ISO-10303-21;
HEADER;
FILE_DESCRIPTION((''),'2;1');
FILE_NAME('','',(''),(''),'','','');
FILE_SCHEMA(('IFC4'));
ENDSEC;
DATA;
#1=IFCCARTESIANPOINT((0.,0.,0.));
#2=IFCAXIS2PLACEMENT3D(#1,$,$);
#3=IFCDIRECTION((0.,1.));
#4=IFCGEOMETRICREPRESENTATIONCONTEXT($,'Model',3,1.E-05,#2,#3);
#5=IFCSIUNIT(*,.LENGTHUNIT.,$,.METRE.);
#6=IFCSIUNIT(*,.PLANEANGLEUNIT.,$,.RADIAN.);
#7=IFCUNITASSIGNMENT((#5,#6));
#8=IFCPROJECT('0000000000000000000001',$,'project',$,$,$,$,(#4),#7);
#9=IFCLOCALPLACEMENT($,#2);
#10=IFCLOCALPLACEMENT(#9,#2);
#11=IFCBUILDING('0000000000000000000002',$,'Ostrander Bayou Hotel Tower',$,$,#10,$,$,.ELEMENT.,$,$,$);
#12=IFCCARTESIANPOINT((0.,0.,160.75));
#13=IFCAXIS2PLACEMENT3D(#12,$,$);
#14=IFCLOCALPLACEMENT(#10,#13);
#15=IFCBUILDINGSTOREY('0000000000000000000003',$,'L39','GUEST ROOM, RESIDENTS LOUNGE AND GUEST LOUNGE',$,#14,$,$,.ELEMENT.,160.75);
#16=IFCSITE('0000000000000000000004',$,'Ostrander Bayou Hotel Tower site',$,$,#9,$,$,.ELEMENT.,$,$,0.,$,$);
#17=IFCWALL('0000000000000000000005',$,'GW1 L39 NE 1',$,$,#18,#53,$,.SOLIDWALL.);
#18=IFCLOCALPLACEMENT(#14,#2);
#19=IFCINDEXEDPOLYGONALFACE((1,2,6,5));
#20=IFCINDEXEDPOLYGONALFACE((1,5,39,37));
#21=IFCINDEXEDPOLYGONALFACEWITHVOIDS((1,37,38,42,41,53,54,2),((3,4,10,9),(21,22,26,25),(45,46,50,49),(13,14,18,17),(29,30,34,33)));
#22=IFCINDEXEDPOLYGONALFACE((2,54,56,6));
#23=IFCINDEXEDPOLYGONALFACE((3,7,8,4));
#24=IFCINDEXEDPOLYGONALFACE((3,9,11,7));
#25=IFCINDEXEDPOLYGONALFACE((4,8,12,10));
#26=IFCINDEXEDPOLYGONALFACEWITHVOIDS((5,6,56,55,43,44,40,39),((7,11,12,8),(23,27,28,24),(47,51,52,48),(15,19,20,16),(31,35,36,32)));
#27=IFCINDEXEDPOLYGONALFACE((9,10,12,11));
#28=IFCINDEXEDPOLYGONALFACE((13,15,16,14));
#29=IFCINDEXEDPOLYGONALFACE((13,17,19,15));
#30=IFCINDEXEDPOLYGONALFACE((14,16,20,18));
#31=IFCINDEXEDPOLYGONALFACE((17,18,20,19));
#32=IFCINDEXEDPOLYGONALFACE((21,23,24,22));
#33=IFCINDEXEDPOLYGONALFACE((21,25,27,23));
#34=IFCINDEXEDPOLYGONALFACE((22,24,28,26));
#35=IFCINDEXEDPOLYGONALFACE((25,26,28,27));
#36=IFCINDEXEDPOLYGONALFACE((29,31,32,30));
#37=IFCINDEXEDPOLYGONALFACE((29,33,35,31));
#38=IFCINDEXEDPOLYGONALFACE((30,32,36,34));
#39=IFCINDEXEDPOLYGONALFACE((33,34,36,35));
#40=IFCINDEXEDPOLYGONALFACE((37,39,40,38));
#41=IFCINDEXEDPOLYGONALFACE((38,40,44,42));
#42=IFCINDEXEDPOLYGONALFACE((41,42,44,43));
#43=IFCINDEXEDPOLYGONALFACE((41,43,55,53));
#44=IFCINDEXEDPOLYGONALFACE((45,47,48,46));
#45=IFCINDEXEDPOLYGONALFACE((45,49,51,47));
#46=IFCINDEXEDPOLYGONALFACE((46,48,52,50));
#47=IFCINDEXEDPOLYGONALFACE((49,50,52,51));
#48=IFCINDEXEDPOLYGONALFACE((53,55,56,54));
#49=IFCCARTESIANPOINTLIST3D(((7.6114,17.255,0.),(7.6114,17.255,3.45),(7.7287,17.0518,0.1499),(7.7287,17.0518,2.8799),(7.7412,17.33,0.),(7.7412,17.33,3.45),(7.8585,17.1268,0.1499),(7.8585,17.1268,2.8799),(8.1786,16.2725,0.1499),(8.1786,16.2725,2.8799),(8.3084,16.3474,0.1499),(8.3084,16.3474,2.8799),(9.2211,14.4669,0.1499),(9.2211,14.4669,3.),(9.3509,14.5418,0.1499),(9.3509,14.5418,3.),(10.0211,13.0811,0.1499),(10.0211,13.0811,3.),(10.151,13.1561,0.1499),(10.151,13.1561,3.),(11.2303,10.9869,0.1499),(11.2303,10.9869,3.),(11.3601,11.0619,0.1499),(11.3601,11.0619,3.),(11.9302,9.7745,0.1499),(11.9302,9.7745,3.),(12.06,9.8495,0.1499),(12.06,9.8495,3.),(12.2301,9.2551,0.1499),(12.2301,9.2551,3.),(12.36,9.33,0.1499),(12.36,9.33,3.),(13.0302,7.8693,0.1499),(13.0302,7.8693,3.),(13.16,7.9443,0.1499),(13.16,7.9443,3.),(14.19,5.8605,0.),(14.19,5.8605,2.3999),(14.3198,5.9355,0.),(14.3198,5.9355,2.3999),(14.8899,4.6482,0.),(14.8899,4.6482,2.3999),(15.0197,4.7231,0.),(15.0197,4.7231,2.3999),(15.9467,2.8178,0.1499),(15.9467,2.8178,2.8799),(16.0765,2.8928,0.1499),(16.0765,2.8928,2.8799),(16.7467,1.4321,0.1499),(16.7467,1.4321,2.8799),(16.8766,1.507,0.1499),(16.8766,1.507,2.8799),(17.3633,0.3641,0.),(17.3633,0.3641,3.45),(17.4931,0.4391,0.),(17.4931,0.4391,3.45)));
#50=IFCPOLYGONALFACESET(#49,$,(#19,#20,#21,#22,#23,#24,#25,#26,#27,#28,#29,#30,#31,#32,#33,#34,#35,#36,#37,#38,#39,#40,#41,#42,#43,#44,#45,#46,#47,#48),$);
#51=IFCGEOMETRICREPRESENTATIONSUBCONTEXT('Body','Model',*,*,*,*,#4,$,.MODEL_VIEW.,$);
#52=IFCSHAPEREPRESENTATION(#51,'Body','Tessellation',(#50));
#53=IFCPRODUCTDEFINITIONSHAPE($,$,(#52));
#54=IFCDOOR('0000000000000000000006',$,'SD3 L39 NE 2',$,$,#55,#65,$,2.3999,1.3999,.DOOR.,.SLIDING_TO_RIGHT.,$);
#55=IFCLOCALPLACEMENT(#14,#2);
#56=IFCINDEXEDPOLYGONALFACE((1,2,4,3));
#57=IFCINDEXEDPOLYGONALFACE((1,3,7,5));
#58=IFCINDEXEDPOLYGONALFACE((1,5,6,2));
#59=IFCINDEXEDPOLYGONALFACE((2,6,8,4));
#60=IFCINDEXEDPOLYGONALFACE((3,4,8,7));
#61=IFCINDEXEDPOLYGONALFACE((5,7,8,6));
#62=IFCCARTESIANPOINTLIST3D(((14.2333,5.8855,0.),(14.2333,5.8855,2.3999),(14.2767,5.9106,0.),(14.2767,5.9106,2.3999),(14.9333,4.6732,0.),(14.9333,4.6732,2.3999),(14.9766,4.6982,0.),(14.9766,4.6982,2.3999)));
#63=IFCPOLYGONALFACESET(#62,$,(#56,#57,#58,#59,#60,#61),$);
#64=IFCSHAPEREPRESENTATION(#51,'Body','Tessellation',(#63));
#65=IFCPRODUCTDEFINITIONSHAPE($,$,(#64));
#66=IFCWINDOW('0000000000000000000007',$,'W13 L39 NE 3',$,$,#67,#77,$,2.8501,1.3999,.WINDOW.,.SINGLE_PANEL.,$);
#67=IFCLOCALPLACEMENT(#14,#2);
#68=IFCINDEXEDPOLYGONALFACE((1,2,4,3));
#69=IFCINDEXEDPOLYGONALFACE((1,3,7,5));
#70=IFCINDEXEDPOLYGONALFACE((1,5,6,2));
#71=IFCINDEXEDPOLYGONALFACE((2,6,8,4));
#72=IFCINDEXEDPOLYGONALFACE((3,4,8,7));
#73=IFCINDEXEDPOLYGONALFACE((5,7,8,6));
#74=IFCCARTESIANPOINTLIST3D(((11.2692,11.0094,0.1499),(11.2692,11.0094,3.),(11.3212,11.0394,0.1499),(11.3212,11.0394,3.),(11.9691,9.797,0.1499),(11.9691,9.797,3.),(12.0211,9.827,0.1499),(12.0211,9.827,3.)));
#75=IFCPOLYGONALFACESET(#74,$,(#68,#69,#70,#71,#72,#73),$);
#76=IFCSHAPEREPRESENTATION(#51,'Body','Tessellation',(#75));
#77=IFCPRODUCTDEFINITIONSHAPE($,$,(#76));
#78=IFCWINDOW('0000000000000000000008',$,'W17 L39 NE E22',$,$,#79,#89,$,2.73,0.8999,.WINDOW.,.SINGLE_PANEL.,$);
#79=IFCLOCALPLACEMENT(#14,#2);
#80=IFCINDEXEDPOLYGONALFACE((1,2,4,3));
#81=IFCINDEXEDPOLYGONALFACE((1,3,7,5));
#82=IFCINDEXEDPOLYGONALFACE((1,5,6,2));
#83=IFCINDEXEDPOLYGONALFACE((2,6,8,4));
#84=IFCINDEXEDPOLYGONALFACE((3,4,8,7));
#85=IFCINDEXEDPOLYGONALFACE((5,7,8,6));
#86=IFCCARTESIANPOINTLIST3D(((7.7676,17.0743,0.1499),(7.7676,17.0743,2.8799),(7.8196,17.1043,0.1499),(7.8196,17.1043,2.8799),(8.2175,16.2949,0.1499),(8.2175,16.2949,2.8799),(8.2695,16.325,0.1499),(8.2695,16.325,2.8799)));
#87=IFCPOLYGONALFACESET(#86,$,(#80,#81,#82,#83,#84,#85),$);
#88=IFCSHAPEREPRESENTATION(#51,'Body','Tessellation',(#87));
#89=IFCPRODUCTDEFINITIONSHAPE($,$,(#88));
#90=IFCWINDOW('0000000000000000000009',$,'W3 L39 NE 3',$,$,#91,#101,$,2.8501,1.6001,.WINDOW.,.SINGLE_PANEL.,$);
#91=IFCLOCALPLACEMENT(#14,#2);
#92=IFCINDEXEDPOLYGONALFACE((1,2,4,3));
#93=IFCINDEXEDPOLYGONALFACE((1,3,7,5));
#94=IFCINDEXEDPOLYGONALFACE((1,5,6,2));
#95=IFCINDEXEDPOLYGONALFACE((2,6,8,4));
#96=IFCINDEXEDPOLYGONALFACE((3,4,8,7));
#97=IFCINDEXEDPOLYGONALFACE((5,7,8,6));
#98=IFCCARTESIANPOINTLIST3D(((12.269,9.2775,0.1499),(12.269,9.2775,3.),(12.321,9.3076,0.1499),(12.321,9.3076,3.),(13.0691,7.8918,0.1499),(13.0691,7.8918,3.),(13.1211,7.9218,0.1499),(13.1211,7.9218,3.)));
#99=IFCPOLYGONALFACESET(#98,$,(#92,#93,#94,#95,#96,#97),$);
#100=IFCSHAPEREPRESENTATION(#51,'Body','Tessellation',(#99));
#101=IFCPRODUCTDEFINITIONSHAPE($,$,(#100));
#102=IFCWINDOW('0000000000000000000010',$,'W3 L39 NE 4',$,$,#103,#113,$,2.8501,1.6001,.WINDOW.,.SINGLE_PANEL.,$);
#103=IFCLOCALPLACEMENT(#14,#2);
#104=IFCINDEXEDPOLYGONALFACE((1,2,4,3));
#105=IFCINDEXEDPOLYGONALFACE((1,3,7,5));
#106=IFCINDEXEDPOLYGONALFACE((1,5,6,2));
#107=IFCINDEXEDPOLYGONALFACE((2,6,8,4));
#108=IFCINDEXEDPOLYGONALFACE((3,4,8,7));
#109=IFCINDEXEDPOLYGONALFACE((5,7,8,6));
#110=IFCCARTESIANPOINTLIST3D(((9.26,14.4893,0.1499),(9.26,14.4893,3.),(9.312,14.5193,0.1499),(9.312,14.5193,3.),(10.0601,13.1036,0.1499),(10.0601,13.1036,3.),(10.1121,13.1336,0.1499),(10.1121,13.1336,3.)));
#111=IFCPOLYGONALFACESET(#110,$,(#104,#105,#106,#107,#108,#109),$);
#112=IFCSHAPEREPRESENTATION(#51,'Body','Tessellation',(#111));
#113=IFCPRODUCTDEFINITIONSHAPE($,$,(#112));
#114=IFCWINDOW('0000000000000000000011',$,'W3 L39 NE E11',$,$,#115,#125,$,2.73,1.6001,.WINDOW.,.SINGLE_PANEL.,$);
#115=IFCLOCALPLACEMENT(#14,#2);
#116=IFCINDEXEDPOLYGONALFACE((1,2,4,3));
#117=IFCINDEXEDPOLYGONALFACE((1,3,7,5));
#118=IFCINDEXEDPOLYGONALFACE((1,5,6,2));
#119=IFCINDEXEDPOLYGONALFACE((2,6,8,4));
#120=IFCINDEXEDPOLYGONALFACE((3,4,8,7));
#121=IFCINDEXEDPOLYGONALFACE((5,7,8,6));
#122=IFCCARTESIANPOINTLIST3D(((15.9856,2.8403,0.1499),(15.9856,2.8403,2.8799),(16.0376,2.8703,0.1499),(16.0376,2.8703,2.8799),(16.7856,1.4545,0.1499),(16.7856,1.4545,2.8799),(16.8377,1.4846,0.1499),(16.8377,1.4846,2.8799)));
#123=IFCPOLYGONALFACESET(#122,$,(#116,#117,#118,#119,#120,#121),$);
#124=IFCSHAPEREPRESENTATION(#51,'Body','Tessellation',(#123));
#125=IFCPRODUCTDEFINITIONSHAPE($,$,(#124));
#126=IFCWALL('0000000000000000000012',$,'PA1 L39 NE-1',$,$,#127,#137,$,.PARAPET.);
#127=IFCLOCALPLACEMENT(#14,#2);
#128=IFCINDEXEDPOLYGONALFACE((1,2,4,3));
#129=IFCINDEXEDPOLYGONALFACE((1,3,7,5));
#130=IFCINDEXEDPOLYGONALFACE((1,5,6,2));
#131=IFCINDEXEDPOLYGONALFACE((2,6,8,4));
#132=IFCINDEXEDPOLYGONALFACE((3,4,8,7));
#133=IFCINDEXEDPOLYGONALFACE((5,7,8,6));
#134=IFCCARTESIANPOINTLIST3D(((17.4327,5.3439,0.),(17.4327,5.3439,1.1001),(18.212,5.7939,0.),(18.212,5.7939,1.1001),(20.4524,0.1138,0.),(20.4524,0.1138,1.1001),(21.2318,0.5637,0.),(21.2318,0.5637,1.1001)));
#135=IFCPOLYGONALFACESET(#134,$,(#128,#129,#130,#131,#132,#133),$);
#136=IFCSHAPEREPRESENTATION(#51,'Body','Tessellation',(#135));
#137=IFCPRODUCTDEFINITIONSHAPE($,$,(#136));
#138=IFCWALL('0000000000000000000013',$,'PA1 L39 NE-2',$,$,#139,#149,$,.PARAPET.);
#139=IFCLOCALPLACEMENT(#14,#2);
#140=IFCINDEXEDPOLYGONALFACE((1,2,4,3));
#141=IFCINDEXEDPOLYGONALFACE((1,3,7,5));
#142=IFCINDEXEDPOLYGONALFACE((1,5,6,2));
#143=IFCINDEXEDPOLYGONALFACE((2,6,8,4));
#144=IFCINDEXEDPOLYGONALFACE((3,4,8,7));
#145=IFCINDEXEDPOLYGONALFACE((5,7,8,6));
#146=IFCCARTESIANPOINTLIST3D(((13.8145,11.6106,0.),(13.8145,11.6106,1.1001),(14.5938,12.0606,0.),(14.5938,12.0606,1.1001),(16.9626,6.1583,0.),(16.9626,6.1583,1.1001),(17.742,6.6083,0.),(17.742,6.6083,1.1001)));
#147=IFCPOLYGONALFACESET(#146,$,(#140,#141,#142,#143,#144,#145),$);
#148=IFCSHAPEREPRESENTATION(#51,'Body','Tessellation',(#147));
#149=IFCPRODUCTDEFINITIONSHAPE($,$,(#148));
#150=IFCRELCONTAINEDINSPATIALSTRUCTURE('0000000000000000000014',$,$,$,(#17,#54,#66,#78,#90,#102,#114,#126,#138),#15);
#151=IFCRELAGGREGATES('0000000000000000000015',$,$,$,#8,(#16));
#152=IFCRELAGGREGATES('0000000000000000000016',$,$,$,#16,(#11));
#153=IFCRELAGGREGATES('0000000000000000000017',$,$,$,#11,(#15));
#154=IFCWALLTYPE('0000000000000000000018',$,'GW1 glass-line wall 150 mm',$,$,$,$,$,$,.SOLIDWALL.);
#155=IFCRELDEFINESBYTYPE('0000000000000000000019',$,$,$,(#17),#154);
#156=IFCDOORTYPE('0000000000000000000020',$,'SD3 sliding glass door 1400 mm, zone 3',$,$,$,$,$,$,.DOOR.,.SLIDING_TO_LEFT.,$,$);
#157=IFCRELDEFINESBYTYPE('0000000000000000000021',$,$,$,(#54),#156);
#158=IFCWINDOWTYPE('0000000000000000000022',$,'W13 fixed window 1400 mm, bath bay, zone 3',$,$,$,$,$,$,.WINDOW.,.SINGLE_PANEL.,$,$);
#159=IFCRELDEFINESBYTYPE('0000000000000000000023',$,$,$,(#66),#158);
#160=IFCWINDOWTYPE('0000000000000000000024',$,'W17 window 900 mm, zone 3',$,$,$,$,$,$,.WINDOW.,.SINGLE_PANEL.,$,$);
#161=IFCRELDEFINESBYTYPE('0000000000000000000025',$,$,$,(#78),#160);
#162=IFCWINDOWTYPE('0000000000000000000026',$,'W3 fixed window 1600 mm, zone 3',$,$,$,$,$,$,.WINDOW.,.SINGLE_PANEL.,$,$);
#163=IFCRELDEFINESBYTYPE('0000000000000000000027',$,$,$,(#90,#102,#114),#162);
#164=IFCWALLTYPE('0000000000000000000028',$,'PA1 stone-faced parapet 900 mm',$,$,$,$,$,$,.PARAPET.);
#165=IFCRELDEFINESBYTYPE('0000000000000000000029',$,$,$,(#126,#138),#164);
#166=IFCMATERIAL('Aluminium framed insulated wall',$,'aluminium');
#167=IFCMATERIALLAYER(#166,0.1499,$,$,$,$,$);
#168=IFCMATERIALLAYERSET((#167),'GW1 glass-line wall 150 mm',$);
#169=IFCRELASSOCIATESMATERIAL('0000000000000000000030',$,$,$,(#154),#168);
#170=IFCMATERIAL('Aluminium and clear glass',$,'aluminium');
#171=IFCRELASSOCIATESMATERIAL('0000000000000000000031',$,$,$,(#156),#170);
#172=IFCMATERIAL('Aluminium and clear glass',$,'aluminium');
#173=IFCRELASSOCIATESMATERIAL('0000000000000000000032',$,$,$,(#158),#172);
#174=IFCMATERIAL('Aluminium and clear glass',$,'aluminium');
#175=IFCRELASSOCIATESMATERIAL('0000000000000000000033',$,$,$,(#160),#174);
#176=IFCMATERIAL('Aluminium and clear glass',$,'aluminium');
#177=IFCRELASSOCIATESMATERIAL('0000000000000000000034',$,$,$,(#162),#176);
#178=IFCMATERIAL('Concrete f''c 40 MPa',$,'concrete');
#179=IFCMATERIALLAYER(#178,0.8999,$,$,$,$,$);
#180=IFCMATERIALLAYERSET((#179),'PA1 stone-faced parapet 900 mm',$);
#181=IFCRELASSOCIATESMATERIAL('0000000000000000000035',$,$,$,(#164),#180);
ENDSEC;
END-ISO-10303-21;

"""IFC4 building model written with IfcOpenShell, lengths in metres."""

from ifc_helpers import new_model, si_unit, direction, frame, frame_2d, origin, place, context, subcontext, project, spatial, rectangle, extrude, material, layer, layer_set, type_object, element, fill, save


model = new_model("IFC4")

# Units and contexts
model_context = context("Model", 3, precision=1e-05, world=origin(), true_north=direction((0.0, 1.0)))
body_context = subcontext(model_context, "Body", "Model", "MODEL_VIEW")
ifc_project = project(units=[si_unit("LENGTHUNIT", "METRE"), si_unit("PLANEANGLEUNIT", "RADIAN")], contexts=[model_context])

# Site, building, storey
site_placement = place(None, origin())
site = spatial("IfcSite", under=ifc_project, at=site_placement, Name="Ostrander Bayou Hotel Tower site", CompositionType="ELEMENT", RefElevation=0.0)
building_placement = place(site_placement, origin())
building = spatial("IfcBuilding", under=site, at=building_placement, Name="Ostrander Bayou Hotel Tower", CompositionType="ELEMENT")
storey_placement = place(building_placement, frame((0.0, 0.0, 160.75)))
storey = spatial("IfcBuildingStorey", under=building, at=storey_placement, Name="L39", Description="GUEST ROOM, RESIDENTS LOUNGE AND GUEST LOUNGE", CompositionType="ELEMENT", Elevation=160.75)

# Wall, openings, door, windows
ifc_material_1 = material(Name="Aluminium framed insulated wall", Category="aluminium")
ifc_layer_1 = layer(ifc_material_1, 0.1499)
ifc_layer_set_1 = layer_set([ifc_layer_1], Name="GW1 glass-line wall 150 mm")
wall_type_1 = type_object("IfcWallType", Name="GW1 glass-line wall 150 mm", PredefinedType="SOLIDWALL", material=ifc_layer_set_1)
wall_1_placement = place(storey_placement, frame((17.4282, 0.4016, 0.0), z_axis=(0.0, 0.0, 1.0), x_axis=(-0.5, 0.866025, 0.0)))
wall_1 = element("IfcWall", 1, at=wall_1_placement, inside=storey, type_object=wall_type_1, Name="GW1 L39 NE 1", PredefinedType="SOLIDWALL", context=body_context, shape_type="SweptSolid", body=[
    extrude(rectangle(XDim=19.5039, YDim=0.1499, at=frame_2d((9.752, 0.0))), origin(), (0.0, 0.0, 1.0), 3.45),
])
opening_1_placement = place(wall_1_placement, frame((4.9468, 0.0, 0.0)))
opening_1 = element("IfcOpeningElement", 2, at=opening_1_placement, cuts=wall_1, PredefinedType="OPENING", context=body_context, shape_type="SweptSolid", body=[
    extrude(rectangle(XDim=1.3999, YDim=2.3999, at=frame_2d((0.7, 1.2))), frame((0.0, 0.075, 0.0), z_axis=(0.0, -1.0, 0.0), x_axis=(1.0, 0.0, 0.0)), (0.0, 0.0, 1.0), 0.1499),
])
opening_2_placement = place(wall_1_placement, frame((8.6663, 0.0, 0.1499)))
opening_2 = element("IfcOpeningElement", 3, at=opening_2_placement, cuts=wall_1, PredefinedType="OPENING", context=body_context, shape_type="SweptSolid", body=[
    extrude(rectangle(XDim=1.6001, YDim=2.8501, at=frame_2d((0.8, 1.425))), frame((0.0, 0.075, 0.0), z_axis=(0.0, -1.0, 0.0), x_axis=(1.0, 0.0, 0.0)), (0.0, 0.0, 1.0), 0.1499),
])
opening_3_placement = place(wall_1_placement, frame((10.8662, 0.0, 0.1499)))
opening_3 = element("IfcOpeningElement", 4, at=opening_3_placement, cuts=wall_1, PredefinedType="OPENING", context=body_context, shape_type="SweptSolid", body=[
    extrude(rectangle(XDim=1.3999, YDim=2.8501, at=frame_2d((0.7, 1.425))), frame((0.0, 0.075, 0.0), z_axis=(0.0, -1.0, 0.0), x_axis=(1.0, 0.0, 0.0)), (0.0, 0.0, 1.0), 0.1499),
])
opening_4_placement = place(wall_1_placement, frame((14.6843, 0.0, 0.1499)))
opening_4 = element("IfcOpeningElement", 5, at=opening_4_placement, cuts=wall_1, PredefinedType="OPENING", context=body_context, shape_type="SweptSolid", body=[
    extrude(rectangle(XDim=1.6001, YDim=2.8501, at=frame_2d((0.8, 1.425))), frame((0.0, 0.075, 0.0), z_axis=(0.0, -1.0, 0.0), x_axis=(1.0, 0.0, 0.0)), (0.0, 0.0, 1.0), 0.1499),
])
opening_5_placement = place(wall_1_placement, frame((1.2332, 0.0, 0.1499)))
opening_5 = element("IfcOpeningElement", 6, at=opening_5_placement, cuts=wall_1, PredefinedType="OPENING", context=body_context, shape_type="SweptSolid", body=[
    extrude(rectangle(XDim=1.6001, YDim=2.73, at=frame_2d((0.8, 1.365))), frame((0.0, 0.075, 0.0), z_axis=(0.0, -1.0, 0.0), x_axis=(1.0, 0.0, 0.0)), (0.0, 0.0, 1.0), 0.1499),
])
opening_6_placement = place(wall_1_placement, frame((18.3694, 0.0, 0.1499)))
opening_6 = element("IfcOpeningElement", 7, at=opening_6_placement, cuts=wall_1, PredefinedType="OPENING", context=body_context, shape_type="SweptSolid", body=[
    extrude(rectangle(XDim=0.8999, YDim=2.73, at=frame_2d((0.45, 1.365))), frame((0.0, 0.075, 0.0), z_axis=(0.0, -1.0, 0.0), x_axis=(1.0, 0.0, 0.0)), (0.0, 0.0, 1.0), 0.1499),
])
ifc_material_2 = material(Name="Aluminium and clear glass", Category="aluminium")
door_type = type_object("IfcDoorType", Name="SD3 sliding glass door 1400 mm, zone 3", OperationType="SLIDING_TO_LEFT", PredefinedType="DOOR", material=ifc_material_2)
door_placement = place(opening_1_placement, origin())
door = element("IfcDoor", 8, at=door_placement, inside=storey, type_object=door_type, Name="SD3 L39 NE 2", OperationType="SLIDING_TO_RIGHT", OverallHeight=2.3999, OverallWidth=1.3999, PredefinedType="DOOR", context=body_context, shape_type="SweptSolid", body=[
    extrude(rectangle(XDim=1.3999, YDim=2.3999, at=frame_2d((0.7, 1.2))), frame((0.0, 0.0249, 0.0), z_axis=(0.0, -1.0, 0.0), x_axis=(1.0, 0.0, 0.0)), (0.0, 0.0, 1.0), 0.05),
])
fill(opening_1, door)
ifc_material_3 = material(Name="Aluminium and clear glass", Category="aluminium")
window_type_1 = type_object("IfcWindowType", Name="W13 fixed window 1400 mm, bath bay, zone 3", PartitioningType="SINGLE_PANEL", PredefinedType="WINDOW", material=ifc_material_3)
window_1_placement = place(opening_3_placement, origin())
window_1 = element("IfcWindow", 9, at=window_1_placement, inside=storey, type_object=window_type_1, Name="W13 L39 NE 3", OverallHeight=2.8501, OverallWidth=1.3999, PartitioningType="SINGLE_PANEL", PredefinedType="WINDOW", context=body_context, shape_type="SweptSolid", body=[
    extrude(rectangle(XDim=1.3999, YDim=2.8501, at=frame_2d((0.7, 1.425))), frame((0.0, 0.03, 0.0), z_axis=(0.0, -1.0, 0.0), x_axis=(1.0, 0.0, 0.0)), (0.0, 0.0, 1.0), 0.0601),
])
fill(opening_3, window_1)
ifc_material_4 = material(Name="Aluminium and clear glass", Category="aluminium")
window_type_2 = type_object("IfcWindowType", Name="W17 window 900 mm, zone 3", PartitioningType="SINGLE_PANEL", PredefinedType="WINDOW", material=ifc_material_4)
window_2_placement = place(opening_6_placement, origin())
window_2 = element("IfcWindow", 10, at=window_2_placement, inside=storey, type_object=window_type_2, Name="W17 L39 NE E22", OverallHeight=2.73, OverallWidth=0.8999, PartitioningType="SINGLE_PANEL", PredefinedType="WINDOW", context=body_context, shape_type="SweptSolid", body=[
    extrude(rectangle(XDim=0.8999, YDim=2.73, at=frame_2d((0.45, 1.365))), frame((0.0, 0.03, 0.0), z_axis=(0.0, -1.0, 0.0), x_axis=(1.0, 0.0, 0.0)), (0.0, 0.0, 1.0), 0.0601),
])
fill(opening_6, window_2)
ifc_material_5 = material(Name="Aluminium and clear glass", Category="aluminium")
window_type_3 = type_object("IfcWindowType", Name="W3 fixed window 1600 mm, zone 3", PartitioningType="SINGLE_PANEL", PredefinedType="WINDOW", material=ifc_material_5)
window_3_placement = place(opening_2_placement, origin())
window_3 = element("IfcWindow", 11, at=window_3_placement, inside=storey, type_object=window_type_3, Name="W3 L39 NE 3", OverallHeight=2.8501, OverallWidth=1.6001, PartitioningType="SINGLE_PANEL", PredefinedType="WINDOW", context=body_context, shape_type="SweptSolid", body=[
    extrude(rectangle(XDim=1.6001, YDim=2.8501, at=frame_2d((0.8, 1.425))), frame((0.0, 0.03, 0.0), z_axis=(0.0, -1.0, 0.0), x_axis=(1.0, 0.0, 0.0)), (0.0, 0.0, 1.0), 0.0601),
])
fill(opening_2, window_3)
window_4_placement = place(opening_4_placement, origin())
window_4 = element("IfcWindow", 12, at=window_4_placement, inside=storey, type_object=window_type_3, Name="W3 L39 NE 4", OverallHeight=2.8501, OverallWidth=1.6001, PartitioningType="SINGLE_PANEL", PredefinedType="WINDOW", context=body_context, shape_type="SweptSolid", body=[
    extrude(rectangle(XDim=1.6001, YDim=2.8501, at=frame_2d((0.8, 1.425))), frame((0.0, 0.03, 0.0), z_axis=(0.0, -1.0, 0.0), x_axis=(1.0, 0.0, 0.0)), (0.0, 0.0, 1.0), 0.0601),
])
fill(opening_4, window_4)
window_5_placement = place(opening_5_placement, origin())
window_5 = element("IfcWindow", 13, at=window_5_placement, inside=storey, type_object=window_type_3, Name="W3 L39 NE E11", OverallHeight=2.73, OverallWidth=1.6001, PartitioningType="SINGLE_PANEL", PredefinedType="WINDOW", context=body_context, shape_type="SweptSolid", body=[
    extrude(rectangle(XDim=1.6001, YDim=2.73, at=frame_2d((0.8, 1.365))), frame((0.0, 0.03, 0.0), z_axis=(0.0, -1.0, 0.0), x_axis=(1.0, 0.0, 0.0)), (0.0, 0.0, 1.0), 0.0601),
])
fill(opening_5, window_5)

# Walls
ifc_material_6 = material(Name="Concrete f'c 40 MPa", Category="concrete")
ifc_layer_2 = layer(ifc_material_6, 0.8999)
ifc_layer_set_2 = layer_set([ifc_layer_2], Name="PA1 stone-faced parapet 900 mm")
wall_type_2 = type_object("IfcWallType", Name="PA1 stone-faced parapet 900 mm", PredefinedType="PARAPET", material=ifc_layer_set_2)
wall_2_placement = place(storey_placement, frame((20.842, 0.3389, 0.0), z_axis=(0.0, 0.0, 1.0), x_axis=(-0.500013, 0.866018, 0.0)))
element("IfcWall", 14, at=wall_2_placement, inside=storey, type_object=wall_type_2, Name="PA1 L39 NE-1", PredefinedType="PARAPET", context=body_context, shape_type="SweptSolid", body=[
    extrude(rectangle(XDim=6.0393, YDim=0.8999, at=frame_2d((3.0195, 0.0))), origin(), (0.0, 0.0, 1.0), 1.1001),
])
wall_3_placement = place(storey_placement, frame((17.3523, 6.3833, 0.0), z_axis=(0.0, 0.0, 1.0), x_axis=(-0.50003, 0.866008, 0.0)))
element("IfcWall", 15, at=wall_3_placement, inside=storey, type_object=wall_type_2, Name="PA1 L39 NE-2", PredefinedType="PARAPET", context=body_context, shape_type="SweptSolid", body=[
    extrude(rectangle(XDim=6.2959, YDim=0.8999, at=frame_2d((3.1479, 0.0))), origin(), (0.0, 0.0, 1.0), 1.1001),
])

save(model, "model.ifc")
